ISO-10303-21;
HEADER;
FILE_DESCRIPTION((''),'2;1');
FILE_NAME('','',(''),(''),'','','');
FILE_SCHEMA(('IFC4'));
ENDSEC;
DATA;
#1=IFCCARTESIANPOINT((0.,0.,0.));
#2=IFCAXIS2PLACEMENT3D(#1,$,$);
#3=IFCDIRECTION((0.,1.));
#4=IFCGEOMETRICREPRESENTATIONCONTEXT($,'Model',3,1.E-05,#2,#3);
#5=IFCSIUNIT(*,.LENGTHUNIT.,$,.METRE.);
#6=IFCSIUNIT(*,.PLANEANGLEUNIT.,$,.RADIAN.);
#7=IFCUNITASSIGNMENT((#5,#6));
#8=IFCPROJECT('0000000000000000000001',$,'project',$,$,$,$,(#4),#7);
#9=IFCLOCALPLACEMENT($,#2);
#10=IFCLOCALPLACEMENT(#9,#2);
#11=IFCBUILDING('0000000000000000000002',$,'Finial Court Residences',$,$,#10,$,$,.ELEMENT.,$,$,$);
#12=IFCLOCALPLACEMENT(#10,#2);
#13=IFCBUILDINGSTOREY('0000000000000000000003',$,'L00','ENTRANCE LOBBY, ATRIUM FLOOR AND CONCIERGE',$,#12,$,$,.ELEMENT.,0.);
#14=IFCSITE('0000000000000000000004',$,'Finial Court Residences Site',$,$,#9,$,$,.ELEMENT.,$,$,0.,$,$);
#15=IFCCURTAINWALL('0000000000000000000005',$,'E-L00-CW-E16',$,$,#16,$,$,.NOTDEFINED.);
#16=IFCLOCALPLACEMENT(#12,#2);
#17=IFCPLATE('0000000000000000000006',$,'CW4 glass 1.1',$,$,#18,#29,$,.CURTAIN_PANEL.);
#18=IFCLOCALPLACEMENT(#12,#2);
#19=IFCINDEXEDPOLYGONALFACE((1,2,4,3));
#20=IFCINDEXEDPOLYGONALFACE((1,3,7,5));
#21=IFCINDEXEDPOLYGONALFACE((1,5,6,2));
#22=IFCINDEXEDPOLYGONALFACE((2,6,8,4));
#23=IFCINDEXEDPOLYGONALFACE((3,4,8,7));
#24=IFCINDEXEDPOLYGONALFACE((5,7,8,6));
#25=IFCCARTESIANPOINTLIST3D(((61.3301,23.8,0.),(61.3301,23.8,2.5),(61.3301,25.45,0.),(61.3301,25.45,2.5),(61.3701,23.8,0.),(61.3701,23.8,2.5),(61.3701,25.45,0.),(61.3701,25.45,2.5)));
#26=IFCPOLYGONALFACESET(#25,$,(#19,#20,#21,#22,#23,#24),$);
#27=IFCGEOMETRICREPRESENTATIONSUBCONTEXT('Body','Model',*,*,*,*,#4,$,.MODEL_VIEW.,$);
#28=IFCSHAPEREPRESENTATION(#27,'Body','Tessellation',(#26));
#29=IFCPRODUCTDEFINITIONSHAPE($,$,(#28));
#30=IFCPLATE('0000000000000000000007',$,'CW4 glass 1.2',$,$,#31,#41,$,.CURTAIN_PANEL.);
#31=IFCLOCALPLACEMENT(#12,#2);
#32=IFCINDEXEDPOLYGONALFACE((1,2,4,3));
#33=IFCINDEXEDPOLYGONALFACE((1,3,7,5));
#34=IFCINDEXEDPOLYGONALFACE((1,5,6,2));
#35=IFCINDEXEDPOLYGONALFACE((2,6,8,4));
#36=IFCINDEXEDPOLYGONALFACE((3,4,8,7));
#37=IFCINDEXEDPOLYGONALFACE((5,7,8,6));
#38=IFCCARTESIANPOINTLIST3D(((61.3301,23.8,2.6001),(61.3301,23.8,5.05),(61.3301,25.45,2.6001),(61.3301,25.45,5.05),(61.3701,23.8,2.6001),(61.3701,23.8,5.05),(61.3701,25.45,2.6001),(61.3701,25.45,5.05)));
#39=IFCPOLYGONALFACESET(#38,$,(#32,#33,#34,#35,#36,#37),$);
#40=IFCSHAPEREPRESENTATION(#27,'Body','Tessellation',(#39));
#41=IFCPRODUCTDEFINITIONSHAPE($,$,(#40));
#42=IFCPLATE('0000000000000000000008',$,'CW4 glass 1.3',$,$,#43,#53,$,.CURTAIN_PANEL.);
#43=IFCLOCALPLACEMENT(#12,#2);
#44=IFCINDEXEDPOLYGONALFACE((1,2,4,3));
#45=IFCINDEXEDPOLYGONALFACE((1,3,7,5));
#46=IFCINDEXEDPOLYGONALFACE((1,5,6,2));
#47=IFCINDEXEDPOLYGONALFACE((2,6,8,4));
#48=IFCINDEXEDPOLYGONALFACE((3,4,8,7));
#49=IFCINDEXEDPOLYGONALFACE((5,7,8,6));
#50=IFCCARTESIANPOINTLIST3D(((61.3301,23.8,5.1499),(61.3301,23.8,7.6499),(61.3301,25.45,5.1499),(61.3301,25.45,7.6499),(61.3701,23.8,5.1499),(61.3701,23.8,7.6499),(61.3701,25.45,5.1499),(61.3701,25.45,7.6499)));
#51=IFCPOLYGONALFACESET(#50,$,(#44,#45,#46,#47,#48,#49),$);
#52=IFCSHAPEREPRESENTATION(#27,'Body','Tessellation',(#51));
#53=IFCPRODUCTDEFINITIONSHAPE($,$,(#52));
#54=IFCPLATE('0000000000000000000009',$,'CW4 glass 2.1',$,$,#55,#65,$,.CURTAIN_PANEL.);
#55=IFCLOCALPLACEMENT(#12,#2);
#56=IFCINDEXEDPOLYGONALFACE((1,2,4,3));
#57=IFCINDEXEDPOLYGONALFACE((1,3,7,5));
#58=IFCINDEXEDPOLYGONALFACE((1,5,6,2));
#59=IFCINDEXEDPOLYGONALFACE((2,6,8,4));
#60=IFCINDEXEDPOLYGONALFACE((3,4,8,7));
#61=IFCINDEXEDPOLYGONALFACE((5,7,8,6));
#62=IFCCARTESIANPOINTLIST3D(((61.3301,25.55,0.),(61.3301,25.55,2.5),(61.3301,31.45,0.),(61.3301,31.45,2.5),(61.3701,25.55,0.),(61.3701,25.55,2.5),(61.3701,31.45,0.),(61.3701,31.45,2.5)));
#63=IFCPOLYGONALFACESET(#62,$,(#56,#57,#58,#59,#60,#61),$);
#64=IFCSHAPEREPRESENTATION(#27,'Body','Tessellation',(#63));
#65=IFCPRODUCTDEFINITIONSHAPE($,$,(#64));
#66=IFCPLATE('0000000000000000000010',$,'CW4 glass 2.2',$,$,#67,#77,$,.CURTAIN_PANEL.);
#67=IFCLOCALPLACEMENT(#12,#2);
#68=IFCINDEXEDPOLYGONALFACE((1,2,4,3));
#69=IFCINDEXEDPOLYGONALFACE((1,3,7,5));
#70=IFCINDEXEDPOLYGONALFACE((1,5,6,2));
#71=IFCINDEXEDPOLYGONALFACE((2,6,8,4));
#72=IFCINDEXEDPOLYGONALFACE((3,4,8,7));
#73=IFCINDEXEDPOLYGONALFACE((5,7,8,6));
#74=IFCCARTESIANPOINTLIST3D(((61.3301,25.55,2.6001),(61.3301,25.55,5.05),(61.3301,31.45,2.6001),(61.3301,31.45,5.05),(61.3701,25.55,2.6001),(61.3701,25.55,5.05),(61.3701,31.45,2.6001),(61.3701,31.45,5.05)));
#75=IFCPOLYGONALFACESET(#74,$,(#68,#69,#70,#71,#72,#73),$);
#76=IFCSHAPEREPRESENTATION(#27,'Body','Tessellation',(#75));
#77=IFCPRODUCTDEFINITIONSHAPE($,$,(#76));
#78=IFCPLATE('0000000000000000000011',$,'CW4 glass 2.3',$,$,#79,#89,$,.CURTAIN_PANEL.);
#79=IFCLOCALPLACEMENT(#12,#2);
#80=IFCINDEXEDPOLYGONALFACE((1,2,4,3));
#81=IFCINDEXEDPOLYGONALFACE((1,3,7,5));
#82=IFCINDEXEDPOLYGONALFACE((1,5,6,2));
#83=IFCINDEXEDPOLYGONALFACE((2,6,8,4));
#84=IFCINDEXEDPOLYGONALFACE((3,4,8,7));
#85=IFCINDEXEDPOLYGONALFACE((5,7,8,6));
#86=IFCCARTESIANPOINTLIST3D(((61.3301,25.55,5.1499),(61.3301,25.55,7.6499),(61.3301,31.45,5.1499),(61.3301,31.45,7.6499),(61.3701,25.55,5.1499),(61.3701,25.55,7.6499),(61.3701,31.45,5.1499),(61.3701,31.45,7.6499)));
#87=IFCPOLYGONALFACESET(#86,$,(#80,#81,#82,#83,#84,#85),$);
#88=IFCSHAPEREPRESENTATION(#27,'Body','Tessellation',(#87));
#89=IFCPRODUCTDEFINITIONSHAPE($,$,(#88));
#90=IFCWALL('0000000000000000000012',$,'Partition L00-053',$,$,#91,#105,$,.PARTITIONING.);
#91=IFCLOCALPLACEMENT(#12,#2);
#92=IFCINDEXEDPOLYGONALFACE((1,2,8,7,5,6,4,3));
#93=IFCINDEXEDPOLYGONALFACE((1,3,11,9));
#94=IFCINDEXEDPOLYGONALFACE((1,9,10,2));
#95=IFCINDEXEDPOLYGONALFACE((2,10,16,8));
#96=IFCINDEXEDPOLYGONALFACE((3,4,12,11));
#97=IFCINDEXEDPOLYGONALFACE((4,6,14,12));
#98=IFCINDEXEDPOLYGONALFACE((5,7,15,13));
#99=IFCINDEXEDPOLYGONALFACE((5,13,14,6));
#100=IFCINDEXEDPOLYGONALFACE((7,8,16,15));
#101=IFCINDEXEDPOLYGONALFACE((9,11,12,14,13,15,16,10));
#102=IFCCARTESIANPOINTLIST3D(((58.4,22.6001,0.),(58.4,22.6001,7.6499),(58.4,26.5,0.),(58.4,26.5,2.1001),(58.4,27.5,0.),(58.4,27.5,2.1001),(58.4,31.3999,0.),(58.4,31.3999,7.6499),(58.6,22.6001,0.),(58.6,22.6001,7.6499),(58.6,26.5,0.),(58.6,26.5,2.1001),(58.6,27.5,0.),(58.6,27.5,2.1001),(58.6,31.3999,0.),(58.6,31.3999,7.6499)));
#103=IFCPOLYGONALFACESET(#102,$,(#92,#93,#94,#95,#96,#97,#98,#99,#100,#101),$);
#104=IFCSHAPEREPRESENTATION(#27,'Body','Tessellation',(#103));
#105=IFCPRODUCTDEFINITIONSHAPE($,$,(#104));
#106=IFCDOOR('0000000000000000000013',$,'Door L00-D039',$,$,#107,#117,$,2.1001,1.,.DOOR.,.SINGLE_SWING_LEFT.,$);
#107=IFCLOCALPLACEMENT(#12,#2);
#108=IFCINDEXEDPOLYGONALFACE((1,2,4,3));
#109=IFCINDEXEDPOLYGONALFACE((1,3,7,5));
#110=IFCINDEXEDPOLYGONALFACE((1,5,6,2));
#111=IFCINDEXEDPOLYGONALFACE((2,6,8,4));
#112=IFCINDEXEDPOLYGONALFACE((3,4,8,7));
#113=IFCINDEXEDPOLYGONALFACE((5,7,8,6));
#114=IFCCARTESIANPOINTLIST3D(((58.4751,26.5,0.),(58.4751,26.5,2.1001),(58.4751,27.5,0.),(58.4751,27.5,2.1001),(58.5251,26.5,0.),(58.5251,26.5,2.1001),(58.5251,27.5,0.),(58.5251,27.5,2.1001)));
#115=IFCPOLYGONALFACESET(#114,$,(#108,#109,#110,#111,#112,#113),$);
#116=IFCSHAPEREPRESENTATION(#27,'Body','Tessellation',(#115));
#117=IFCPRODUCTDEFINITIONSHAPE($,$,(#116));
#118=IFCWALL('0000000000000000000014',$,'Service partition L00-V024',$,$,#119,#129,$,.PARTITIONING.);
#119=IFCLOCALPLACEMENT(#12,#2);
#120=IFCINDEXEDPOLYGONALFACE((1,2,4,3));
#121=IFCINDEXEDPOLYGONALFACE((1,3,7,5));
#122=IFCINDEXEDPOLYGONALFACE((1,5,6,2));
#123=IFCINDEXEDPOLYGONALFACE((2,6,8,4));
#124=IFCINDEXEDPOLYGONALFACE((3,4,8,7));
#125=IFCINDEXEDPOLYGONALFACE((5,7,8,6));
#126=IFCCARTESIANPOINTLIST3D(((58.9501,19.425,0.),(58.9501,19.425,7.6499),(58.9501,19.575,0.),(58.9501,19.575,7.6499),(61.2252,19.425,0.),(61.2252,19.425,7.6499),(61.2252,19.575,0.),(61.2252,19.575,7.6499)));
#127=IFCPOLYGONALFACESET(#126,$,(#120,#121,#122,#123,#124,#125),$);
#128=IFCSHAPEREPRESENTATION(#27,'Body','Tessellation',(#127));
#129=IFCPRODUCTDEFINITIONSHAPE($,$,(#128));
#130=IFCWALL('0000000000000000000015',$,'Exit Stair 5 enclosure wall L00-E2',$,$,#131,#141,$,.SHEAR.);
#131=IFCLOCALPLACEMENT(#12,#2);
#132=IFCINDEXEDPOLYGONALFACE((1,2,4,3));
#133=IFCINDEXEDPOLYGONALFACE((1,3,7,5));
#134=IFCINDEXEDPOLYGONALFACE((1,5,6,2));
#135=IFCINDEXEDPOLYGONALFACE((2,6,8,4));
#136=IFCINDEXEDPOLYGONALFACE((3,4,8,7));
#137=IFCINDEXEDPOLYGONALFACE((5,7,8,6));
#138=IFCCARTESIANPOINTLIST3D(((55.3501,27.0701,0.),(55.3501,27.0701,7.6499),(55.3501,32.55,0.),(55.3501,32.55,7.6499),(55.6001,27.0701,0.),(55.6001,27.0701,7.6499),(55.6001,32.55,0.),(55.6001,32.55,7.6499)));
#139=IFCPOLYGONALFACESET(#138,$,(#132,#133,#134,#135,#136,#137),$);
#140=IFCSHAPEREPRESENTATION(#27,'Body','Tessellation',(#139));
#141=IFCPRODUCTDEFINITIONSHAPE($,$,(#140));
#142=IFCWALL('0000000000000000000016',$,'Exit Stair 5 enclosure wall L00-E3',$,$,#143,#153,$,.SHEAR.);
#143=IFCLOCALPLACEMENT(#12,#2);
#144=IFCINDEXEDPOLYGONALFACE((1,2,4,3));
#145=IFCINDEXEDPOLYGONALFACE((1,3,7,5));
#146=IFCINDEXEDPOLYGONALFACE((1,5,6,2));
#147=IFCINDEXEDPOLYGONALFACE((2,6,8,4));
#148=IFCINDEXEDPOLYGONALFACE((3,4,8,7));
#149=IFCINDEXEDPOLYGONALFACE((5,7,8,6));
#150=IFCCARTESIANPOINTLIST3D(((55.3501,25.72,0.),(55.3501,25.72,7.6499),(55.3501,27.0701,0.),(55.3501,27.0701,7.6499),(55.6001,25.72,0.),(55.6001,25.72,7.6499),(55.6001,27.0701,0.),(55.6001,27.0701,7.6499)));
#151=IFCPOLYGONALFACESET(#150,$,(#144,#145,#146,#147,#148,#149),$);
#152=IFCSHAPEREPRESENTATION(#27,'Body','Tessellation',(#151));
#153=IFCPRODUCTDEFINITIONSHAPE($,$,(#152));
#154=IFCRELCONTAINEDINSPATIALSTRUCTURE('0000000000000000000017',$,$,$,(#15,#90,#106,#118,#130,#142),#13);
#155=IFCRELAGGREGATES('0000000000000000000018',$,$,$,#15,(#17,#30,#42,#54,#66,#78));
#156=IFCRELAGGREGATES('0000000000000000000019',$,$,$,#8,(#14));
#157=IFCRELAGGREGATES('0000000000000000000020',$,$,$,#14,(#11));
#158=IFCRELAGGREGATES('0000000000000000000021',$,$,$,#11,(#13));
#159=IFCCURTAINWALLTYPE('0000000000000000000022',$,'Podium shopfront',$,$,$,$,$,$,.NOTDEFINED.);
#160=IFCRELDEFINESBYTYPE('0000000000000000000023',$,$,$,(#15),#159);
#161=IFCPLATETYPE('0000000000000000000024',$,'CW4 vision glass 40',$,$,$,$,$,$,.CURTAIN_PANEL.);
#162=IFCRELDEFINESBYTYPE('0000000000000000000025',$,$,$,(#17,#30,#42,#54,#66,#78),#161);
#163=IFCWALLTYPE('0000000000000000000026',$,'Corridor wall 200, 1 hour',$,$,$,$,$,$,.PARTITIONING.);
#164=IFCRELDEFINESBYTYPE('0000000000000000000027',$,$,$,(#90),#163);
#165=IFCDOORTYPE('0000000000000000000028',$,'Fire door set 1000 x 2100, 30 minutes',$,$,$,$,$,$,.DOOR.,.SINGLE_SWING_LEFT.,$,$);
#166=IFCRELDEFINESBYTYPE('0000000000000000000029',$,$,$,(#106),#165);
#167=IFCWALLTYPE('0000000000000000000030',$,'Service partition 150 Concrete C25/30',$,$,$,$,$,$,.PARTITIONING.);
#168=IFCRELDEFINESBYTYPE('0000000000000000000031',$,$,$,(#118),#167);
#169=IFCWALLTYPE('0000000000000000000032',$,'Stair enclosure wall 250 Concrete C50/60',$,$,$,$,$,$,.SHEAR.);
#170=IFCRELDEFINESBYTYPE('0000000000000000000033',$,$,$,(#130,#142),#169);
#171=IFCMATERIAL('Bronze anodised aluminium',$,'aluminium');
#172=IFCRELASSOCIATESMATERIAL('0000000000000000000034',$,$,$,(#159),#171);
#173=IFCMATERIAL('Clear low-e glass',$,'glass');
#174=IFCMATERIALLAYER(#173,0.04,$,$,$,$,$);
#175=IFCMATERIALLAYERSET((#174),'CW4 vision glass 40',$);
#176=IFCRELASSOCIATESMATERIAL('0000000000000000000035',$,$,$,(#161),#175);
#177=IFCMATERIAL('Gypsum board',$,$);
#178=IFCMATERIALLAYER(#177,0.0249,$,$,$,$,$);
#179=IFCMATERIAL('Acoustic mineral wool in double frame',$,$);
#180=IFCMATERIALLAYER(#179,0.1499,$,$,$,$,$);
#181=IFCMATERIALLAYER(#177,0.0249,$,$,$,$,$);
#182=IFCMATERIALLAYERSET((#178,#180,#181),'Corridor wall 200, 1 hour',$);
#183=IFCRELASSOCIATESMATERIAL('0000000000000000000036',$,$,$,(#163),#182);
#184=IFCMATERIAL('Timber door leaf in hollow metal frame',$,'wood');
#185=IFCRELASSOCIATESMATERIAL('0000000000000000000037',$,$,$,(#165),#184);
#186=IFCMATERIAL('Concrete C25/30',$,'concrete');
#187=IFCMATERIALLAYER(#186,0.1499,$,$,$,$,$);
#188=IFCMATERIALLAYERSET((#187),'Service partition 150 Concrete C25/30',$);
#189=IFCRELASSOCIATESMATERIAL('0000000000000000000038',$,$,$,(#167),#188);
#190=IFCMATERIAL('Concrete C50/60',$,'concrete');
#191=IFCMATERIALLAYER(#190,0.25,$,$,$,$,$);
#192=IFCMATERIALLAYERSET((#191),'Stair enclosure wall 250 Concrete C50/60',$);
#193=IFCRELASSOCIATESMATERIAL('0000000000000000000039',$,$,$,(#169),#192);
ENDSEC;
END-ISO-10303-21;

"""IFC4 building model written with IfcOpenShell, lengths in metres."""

from ifc_helpers import new_model, si_unit, direction, frame, frame_2d, origin, origin_2d, place, context, subcontext, project, spatial, rectangle, extrude, material, layer, layer_set, type_object, element, fill, aggregate, save


model = new_model("IFC4")

# Units and contexts
model_context = context("Model", 3, precision=1e-05, world=origin(), true_north=direction((0.0, 1.0)))
body_context = subcontext(model_context, "Body", "Model", "MODEL_VIEW")
ifc_project = project(units=[si_unit("LENGTHUNIT", "METRE"), si_unit("PLANEANGLEUNIT", "RADIAN")], contexts=[model_context])

# Site, building, storey
site_placement = place(None, origin())
site = spatial("IfcSite", under=ifc_project, at=site_placement, Name="Finial Court Residences Site", CompositionType="ELEMENT", RefElevation=0.0)
building_placement = place(site_placement, origin())
building = spatial("IfcBuilding", under=site, at=building_placement, Name="Finial Court Residences", CompositionType="ELEMENT")
storey_placement = place(building_placement, origin())
storey = spatial("IfcBuildingStorey", under=building, at=storey_placement, Name="L00", Description="ENTRANCE LOBBY, ATRIUM FLOOR AND CONCIERGE", CompositionType="ELEMENT", Elevation=0.0)

# Shared definitions
ifc_material_1 = material(Name="Concrete C50/60", Category="concrete")

# Curtain wall
ifc_material_2 = material(Name="Bronze anodised aluminium", Category="aluminium")
curtain_wall_type = type_object("IfcCurtainWallType", Name="Podium shopfront", PredefinedType="NOTDEFINED", material=ifc_material_2)
curtain_wall_1_placement = place(storey_placement, origin())
curtain_wall_1 = element("IfcCurtainWall", 1, at=curtain_wall_1_placement, inside=storey, type_object=curtain_wall_type, Name="E-L00-CW-E16", PredefinedType="NOTDEFINED")

# Plates
ifc_material_3 = material(Name="Clear low-e glass", Category="glass")
ifc_layer_1 = layer(ifc_material_3, 0.04)
ifc_layer_set_1 = layer_set([ifc_layer_1], Name="CW4 vision glass 40")
plate_type = type_object("IfcPlateType", Name="CW4 vision glass 40", PredefinedType="CURTAIN_PANEL", material=ifc_layer_set_1)
plate_1_placement = place(storey_placement, frame((61.3501, 24.625, 0.0), z_axis=(0.0, 0.0, 1.0), x_axis=(0.0, 1.0, 0.0)))
plate_1 = element("IfcPlate", 2, at=plate_1_placement, type_object=plate_type, Name="CW4 glass 1.1", PredefinedType="CURTAIN_PANEL", context=body_context, shape_type="SweptSolid", body=[
    extrude(rectangle(XDim=1.6499, YDim=0.04, at=origin_2d()), origin(), (0.0, 0.0, 1.0), 2.5),
])
plate_2_placement = place(storey_placement, frame((61.3501, 24.625, 2.6001), z_axis=(0.0, 0.0, 1.0), x_axis=(0.0, 1.0, 0.0)))
plate_2 = element("IfcPlate", 3, at=plate_2_placement, type_object=plate_type, Name="CW4 glass 1.2", PredefinedType="CURTAIN_PANEL", context=body_context, shape_type="SweptSolid", body=[
    extrude(rectangle(XDim=1.6499, YDim=0.04, at=origin_2d()), origin(), (0.0, 0.0, 1.0), 2.45),
])
plate_3_placement = place(storey_placement, frame((61.3501, 24.625, 5.1499), z_axis=(0.0, 0.0, 1.0), x_axis=(0.0, 1.0, 0.0)))
plate_3 = element("IfcPlate", 4, at=plate_3_placement, type_object=plate_type, Name="CW4 glass 1.3", PredefinedType="CURTAIN_PANEL", context=body_context, shape_type="SweptSolid", body=[
    extrude(rectangle(XDim=1.6499, YDim=0.04, at=origin_2d()), origin(), (0.0, 0.0, 1.0), 2.5),
])
plate_4_placement = place(storey_placement, frame((61.3501, 28.5, 0.0), z_axis=(0.0, 0.0, 1.0), x_axis=(0.0, 1.0, 0.0)))
plate_4 = element("IfcPlate", 5, at=plate_4_placement, type_object=plate_type, Name="CW4 glass 2.1", PredefinedType="CURTAIN_PANEL", context=body_context, shape_type="SweptSolid", body=[
    extrude(rectangle(XDim=5.8999, YDim=0.04, at=origin_2d()), origin(), (0.0, 0.0, 1.0), 2.5),
])
plate_5_placement = place(storey_placement, frame((61.3501, 28.5, 2.6001), z_axis=(0.0, 0.0, 1.0), x_axis=(0.0, 1.0, 0.0)))
plate_5 = element("IfcPlate", 6, at=plate_5_placement, type_object=plate_type, Name="CW4 glass 2.2", PredefinedType="CURTAIN_PANEL", context=body_context, shape_type="SweptSolid", body=[
    extrude(rectangle(XDim=5.8999, YDim=0.04, at=origin_2d()), origin(), (0.0, 0.0, 1.0), 2.45),
])
plate_6_placement = place(storey_placement, frame((61.3501, 28.5, 5.1499), z_axis=(0.0, 0.0, 1.0), x_axis=(0.0, 1.0, 0.0)))
plate_6 = element("IfcPlate", 7, at=plate_6_placement, type_object=plate_type, Name="CW4 glass 2.3", PredefinedType="CURTAIN_PANEL", context=body_context, shape_type="SweptSolid", body=[
    extrude(rectangle(XDim=5.8999, YDim=0.04, at=origin_2d()), origin(), (0.0, 0.0, 1.0), 2.5),
])
aggregate(curtain_wall_1, [plate_1, plate_2, plate_3, plate_4, plate_5, plate_6])

# Wall, opening, door
ifc_material_4 = material(Name="Gypsum board")
ifc_layer_2 = layer(ifc_material_4, 0.0249)
ifc_material_5 = material(Name="Acoustic mineral wool in double frame")
ifc_layer_3 = layer(ifc_material_5, 0.1499)
ifc_layer_4 = layer(ifc_material_4, 0.0249)
ifc_layer_set_2 = layer_set([ifc_layer_2, ifc_layer_3, ifc_layer_4], Name="Corridor wall 200, 1 hour")
wall_type_1 = type_object("IfcWallType", Name="Corridor wall 200, 1 hour", PredefinedType="PARTITIONING", material=ifc_layer_set_2)
wall_1_placement = place(storey_placement, frame((58.5, 22.6001, 0.0), z_axis=(0.0, 0.0, 1.0), x_axis=(0.0, 1.0, 0.0)))
wall_1 = element("IfcWall", 8, at=wall_1_placement, inside=storey, type_object=wall_type_1, Name="Partition L00-053", PredefinedType="PARTITIONING", context=body_context, shape_type="SweptSolid", body=[
    extrude(rectangle(XDim=8.7998, YDim=0.2, at=frame_2d((4.3999, 0.0))), origin(), (0.0, 0.0, 1.0), 7.6499),
])
opening_1_placement = place(wall_1_placement, frame((3.8999, 0.0, 0.0)))
opening_1 = element("IfcOpeningElement", 9, at=opening_1_placement, cuts=wall_1, PredefinedType="OPENING", context=body_context, shape_type="SweptSolid", body=[
    extrude(rectangle(XDim=1.0, YDim=2.1001, at=frame_2d((0.5, 1.05))), frame((0.0, 0.1099, 0.0), z_axis=(0.0, -1.0, 0.0), x_axis=(1.0, 0.0, 0.0)), (0.0, 0.0, 1.0), 0.22),
])
ifc_material_6 = material(Name="Timber door leaf in hollow metal frame", Category="wood")
door_type_1 = type_object("IfcDoorType", Name="Fire door set 1000 x 2100, 30 minutes", OperationType="SINGLE_SWING_LEFT", PredefinedType="DOOR", material=ifc_material_6)
door_1_placement = place(opening_1_placement, origin())
door_1 = element("IfcDoor", 10, at=door_1_placement, inside=storey, type_object=door_type_1, Name="Door L00-D039", OperationType="SINGLE_SWING_LEFT", OverallHeight=2.1001, OverallWidth=1.0, PredefinedType="DOOR", context=body_context, shape_type="SweptSolid", body=[
    extrude(rectangle(XDim=1.0, YDim=2.1001, at=frame_2d((0.5, 1.05))), frame((0.0, 0.0249, 0.0), z_axis=(0.0, -1.0, 0.0), x_axis=(1.0, 0.0, 0.0)), (0.0, 0.0, 1.0), 0.05),
])
fill(opening_1, door_1)

# Walls
ifc_material_7 = material(Name="Concrete C25/30", Category="concrete")
ifc_layer_5 = layer(ifc_material_7, 0.1499)
ifc_layer_set_3 = layer_set([ifc_layer_5], Name="Service partition 150 Concrete C25/30")
wall_type_2 = type_object("IfcWallType", Name="Service partition 150 Concrete C25/30", PredefinedType="PARTITIONING", material=ifc_layer_set_3)
wall_2_placement = place(storey_placement, frame((58.95, 19.5, 0.0), z_axis=(0.0, 0.0, 1.0), x_axis=(1.0, 0.0, 0.0)))
element("IfcWall", 11, at=wall_2_placement, inside=storey, type_object=wall_type_2, Name="Service partition L00-V024", PredefinedType="PARTITIONING", context=body_context, shape_type="SweptSolid", body=[
    extrude(rectangle(XDim=2.2751, YDim=0.1499, at=frame_2d((1.1377, 0.0))), origin(), (0.0, 0.0, 1.0), 7.6499),
])
ifc_layer_6 = layer(ifc_material_1, 0.25)
ifc_layer_set_4 = layer_set([ifc_layer_6], Name="Stair enclosure wall 250 Concrete C50/60")
wall_type_3 = type_object("IfcWallType", Name="Stair enclosure wall 250 Concrete C50/60", PredefinedType="SHEAR", material=ifc_layer_set_4)
wall_3_placement = place(storey_placement, frame((55.4751, 27.0701, 0.0), z_axis=(0.0, 0.0, 1.0), x_axis=(0.0, 1.0, 0.0)))
element("IfcWall", 12, at=wall_3_placement, inside=storey, type_object=wall_type_3, Name="Exit Stair 5 enclosure wall L00-E2", PredefinedType="SHEAR", context=body_context, shape_type="SweptSolid", body=[
    extrude(rectangle(XDim=5.48, YDim=0.25, at=frame_2d((2.74, 0.0))), origin(), (0.0, 0.0, 1.0), 7.6499),
])
wall_4_placement = place(storey_placement, frame((55.4751, 25.72, 0.0), z_axis=(0.0, 0.0, 1.0), x_axis=(0.0, 1.0, 0.0)))
element("IfcWall", 13, at=wall_4_placement, inside=storey, type_object=wall_type_3, Name="Exit Stair 5 enclosure wall L00-E3", PredefinedType="SHEAR", context=body_context, shape_type="SweptSolid", body=[
    extrude(rectangle(XDim=1.3501, YDim=0.25, at=frame_2d((0.675, 0.0))), origin(), (0.0, 0.0, 1.0), 7.6499),
])

save(model, "model.ifc")
